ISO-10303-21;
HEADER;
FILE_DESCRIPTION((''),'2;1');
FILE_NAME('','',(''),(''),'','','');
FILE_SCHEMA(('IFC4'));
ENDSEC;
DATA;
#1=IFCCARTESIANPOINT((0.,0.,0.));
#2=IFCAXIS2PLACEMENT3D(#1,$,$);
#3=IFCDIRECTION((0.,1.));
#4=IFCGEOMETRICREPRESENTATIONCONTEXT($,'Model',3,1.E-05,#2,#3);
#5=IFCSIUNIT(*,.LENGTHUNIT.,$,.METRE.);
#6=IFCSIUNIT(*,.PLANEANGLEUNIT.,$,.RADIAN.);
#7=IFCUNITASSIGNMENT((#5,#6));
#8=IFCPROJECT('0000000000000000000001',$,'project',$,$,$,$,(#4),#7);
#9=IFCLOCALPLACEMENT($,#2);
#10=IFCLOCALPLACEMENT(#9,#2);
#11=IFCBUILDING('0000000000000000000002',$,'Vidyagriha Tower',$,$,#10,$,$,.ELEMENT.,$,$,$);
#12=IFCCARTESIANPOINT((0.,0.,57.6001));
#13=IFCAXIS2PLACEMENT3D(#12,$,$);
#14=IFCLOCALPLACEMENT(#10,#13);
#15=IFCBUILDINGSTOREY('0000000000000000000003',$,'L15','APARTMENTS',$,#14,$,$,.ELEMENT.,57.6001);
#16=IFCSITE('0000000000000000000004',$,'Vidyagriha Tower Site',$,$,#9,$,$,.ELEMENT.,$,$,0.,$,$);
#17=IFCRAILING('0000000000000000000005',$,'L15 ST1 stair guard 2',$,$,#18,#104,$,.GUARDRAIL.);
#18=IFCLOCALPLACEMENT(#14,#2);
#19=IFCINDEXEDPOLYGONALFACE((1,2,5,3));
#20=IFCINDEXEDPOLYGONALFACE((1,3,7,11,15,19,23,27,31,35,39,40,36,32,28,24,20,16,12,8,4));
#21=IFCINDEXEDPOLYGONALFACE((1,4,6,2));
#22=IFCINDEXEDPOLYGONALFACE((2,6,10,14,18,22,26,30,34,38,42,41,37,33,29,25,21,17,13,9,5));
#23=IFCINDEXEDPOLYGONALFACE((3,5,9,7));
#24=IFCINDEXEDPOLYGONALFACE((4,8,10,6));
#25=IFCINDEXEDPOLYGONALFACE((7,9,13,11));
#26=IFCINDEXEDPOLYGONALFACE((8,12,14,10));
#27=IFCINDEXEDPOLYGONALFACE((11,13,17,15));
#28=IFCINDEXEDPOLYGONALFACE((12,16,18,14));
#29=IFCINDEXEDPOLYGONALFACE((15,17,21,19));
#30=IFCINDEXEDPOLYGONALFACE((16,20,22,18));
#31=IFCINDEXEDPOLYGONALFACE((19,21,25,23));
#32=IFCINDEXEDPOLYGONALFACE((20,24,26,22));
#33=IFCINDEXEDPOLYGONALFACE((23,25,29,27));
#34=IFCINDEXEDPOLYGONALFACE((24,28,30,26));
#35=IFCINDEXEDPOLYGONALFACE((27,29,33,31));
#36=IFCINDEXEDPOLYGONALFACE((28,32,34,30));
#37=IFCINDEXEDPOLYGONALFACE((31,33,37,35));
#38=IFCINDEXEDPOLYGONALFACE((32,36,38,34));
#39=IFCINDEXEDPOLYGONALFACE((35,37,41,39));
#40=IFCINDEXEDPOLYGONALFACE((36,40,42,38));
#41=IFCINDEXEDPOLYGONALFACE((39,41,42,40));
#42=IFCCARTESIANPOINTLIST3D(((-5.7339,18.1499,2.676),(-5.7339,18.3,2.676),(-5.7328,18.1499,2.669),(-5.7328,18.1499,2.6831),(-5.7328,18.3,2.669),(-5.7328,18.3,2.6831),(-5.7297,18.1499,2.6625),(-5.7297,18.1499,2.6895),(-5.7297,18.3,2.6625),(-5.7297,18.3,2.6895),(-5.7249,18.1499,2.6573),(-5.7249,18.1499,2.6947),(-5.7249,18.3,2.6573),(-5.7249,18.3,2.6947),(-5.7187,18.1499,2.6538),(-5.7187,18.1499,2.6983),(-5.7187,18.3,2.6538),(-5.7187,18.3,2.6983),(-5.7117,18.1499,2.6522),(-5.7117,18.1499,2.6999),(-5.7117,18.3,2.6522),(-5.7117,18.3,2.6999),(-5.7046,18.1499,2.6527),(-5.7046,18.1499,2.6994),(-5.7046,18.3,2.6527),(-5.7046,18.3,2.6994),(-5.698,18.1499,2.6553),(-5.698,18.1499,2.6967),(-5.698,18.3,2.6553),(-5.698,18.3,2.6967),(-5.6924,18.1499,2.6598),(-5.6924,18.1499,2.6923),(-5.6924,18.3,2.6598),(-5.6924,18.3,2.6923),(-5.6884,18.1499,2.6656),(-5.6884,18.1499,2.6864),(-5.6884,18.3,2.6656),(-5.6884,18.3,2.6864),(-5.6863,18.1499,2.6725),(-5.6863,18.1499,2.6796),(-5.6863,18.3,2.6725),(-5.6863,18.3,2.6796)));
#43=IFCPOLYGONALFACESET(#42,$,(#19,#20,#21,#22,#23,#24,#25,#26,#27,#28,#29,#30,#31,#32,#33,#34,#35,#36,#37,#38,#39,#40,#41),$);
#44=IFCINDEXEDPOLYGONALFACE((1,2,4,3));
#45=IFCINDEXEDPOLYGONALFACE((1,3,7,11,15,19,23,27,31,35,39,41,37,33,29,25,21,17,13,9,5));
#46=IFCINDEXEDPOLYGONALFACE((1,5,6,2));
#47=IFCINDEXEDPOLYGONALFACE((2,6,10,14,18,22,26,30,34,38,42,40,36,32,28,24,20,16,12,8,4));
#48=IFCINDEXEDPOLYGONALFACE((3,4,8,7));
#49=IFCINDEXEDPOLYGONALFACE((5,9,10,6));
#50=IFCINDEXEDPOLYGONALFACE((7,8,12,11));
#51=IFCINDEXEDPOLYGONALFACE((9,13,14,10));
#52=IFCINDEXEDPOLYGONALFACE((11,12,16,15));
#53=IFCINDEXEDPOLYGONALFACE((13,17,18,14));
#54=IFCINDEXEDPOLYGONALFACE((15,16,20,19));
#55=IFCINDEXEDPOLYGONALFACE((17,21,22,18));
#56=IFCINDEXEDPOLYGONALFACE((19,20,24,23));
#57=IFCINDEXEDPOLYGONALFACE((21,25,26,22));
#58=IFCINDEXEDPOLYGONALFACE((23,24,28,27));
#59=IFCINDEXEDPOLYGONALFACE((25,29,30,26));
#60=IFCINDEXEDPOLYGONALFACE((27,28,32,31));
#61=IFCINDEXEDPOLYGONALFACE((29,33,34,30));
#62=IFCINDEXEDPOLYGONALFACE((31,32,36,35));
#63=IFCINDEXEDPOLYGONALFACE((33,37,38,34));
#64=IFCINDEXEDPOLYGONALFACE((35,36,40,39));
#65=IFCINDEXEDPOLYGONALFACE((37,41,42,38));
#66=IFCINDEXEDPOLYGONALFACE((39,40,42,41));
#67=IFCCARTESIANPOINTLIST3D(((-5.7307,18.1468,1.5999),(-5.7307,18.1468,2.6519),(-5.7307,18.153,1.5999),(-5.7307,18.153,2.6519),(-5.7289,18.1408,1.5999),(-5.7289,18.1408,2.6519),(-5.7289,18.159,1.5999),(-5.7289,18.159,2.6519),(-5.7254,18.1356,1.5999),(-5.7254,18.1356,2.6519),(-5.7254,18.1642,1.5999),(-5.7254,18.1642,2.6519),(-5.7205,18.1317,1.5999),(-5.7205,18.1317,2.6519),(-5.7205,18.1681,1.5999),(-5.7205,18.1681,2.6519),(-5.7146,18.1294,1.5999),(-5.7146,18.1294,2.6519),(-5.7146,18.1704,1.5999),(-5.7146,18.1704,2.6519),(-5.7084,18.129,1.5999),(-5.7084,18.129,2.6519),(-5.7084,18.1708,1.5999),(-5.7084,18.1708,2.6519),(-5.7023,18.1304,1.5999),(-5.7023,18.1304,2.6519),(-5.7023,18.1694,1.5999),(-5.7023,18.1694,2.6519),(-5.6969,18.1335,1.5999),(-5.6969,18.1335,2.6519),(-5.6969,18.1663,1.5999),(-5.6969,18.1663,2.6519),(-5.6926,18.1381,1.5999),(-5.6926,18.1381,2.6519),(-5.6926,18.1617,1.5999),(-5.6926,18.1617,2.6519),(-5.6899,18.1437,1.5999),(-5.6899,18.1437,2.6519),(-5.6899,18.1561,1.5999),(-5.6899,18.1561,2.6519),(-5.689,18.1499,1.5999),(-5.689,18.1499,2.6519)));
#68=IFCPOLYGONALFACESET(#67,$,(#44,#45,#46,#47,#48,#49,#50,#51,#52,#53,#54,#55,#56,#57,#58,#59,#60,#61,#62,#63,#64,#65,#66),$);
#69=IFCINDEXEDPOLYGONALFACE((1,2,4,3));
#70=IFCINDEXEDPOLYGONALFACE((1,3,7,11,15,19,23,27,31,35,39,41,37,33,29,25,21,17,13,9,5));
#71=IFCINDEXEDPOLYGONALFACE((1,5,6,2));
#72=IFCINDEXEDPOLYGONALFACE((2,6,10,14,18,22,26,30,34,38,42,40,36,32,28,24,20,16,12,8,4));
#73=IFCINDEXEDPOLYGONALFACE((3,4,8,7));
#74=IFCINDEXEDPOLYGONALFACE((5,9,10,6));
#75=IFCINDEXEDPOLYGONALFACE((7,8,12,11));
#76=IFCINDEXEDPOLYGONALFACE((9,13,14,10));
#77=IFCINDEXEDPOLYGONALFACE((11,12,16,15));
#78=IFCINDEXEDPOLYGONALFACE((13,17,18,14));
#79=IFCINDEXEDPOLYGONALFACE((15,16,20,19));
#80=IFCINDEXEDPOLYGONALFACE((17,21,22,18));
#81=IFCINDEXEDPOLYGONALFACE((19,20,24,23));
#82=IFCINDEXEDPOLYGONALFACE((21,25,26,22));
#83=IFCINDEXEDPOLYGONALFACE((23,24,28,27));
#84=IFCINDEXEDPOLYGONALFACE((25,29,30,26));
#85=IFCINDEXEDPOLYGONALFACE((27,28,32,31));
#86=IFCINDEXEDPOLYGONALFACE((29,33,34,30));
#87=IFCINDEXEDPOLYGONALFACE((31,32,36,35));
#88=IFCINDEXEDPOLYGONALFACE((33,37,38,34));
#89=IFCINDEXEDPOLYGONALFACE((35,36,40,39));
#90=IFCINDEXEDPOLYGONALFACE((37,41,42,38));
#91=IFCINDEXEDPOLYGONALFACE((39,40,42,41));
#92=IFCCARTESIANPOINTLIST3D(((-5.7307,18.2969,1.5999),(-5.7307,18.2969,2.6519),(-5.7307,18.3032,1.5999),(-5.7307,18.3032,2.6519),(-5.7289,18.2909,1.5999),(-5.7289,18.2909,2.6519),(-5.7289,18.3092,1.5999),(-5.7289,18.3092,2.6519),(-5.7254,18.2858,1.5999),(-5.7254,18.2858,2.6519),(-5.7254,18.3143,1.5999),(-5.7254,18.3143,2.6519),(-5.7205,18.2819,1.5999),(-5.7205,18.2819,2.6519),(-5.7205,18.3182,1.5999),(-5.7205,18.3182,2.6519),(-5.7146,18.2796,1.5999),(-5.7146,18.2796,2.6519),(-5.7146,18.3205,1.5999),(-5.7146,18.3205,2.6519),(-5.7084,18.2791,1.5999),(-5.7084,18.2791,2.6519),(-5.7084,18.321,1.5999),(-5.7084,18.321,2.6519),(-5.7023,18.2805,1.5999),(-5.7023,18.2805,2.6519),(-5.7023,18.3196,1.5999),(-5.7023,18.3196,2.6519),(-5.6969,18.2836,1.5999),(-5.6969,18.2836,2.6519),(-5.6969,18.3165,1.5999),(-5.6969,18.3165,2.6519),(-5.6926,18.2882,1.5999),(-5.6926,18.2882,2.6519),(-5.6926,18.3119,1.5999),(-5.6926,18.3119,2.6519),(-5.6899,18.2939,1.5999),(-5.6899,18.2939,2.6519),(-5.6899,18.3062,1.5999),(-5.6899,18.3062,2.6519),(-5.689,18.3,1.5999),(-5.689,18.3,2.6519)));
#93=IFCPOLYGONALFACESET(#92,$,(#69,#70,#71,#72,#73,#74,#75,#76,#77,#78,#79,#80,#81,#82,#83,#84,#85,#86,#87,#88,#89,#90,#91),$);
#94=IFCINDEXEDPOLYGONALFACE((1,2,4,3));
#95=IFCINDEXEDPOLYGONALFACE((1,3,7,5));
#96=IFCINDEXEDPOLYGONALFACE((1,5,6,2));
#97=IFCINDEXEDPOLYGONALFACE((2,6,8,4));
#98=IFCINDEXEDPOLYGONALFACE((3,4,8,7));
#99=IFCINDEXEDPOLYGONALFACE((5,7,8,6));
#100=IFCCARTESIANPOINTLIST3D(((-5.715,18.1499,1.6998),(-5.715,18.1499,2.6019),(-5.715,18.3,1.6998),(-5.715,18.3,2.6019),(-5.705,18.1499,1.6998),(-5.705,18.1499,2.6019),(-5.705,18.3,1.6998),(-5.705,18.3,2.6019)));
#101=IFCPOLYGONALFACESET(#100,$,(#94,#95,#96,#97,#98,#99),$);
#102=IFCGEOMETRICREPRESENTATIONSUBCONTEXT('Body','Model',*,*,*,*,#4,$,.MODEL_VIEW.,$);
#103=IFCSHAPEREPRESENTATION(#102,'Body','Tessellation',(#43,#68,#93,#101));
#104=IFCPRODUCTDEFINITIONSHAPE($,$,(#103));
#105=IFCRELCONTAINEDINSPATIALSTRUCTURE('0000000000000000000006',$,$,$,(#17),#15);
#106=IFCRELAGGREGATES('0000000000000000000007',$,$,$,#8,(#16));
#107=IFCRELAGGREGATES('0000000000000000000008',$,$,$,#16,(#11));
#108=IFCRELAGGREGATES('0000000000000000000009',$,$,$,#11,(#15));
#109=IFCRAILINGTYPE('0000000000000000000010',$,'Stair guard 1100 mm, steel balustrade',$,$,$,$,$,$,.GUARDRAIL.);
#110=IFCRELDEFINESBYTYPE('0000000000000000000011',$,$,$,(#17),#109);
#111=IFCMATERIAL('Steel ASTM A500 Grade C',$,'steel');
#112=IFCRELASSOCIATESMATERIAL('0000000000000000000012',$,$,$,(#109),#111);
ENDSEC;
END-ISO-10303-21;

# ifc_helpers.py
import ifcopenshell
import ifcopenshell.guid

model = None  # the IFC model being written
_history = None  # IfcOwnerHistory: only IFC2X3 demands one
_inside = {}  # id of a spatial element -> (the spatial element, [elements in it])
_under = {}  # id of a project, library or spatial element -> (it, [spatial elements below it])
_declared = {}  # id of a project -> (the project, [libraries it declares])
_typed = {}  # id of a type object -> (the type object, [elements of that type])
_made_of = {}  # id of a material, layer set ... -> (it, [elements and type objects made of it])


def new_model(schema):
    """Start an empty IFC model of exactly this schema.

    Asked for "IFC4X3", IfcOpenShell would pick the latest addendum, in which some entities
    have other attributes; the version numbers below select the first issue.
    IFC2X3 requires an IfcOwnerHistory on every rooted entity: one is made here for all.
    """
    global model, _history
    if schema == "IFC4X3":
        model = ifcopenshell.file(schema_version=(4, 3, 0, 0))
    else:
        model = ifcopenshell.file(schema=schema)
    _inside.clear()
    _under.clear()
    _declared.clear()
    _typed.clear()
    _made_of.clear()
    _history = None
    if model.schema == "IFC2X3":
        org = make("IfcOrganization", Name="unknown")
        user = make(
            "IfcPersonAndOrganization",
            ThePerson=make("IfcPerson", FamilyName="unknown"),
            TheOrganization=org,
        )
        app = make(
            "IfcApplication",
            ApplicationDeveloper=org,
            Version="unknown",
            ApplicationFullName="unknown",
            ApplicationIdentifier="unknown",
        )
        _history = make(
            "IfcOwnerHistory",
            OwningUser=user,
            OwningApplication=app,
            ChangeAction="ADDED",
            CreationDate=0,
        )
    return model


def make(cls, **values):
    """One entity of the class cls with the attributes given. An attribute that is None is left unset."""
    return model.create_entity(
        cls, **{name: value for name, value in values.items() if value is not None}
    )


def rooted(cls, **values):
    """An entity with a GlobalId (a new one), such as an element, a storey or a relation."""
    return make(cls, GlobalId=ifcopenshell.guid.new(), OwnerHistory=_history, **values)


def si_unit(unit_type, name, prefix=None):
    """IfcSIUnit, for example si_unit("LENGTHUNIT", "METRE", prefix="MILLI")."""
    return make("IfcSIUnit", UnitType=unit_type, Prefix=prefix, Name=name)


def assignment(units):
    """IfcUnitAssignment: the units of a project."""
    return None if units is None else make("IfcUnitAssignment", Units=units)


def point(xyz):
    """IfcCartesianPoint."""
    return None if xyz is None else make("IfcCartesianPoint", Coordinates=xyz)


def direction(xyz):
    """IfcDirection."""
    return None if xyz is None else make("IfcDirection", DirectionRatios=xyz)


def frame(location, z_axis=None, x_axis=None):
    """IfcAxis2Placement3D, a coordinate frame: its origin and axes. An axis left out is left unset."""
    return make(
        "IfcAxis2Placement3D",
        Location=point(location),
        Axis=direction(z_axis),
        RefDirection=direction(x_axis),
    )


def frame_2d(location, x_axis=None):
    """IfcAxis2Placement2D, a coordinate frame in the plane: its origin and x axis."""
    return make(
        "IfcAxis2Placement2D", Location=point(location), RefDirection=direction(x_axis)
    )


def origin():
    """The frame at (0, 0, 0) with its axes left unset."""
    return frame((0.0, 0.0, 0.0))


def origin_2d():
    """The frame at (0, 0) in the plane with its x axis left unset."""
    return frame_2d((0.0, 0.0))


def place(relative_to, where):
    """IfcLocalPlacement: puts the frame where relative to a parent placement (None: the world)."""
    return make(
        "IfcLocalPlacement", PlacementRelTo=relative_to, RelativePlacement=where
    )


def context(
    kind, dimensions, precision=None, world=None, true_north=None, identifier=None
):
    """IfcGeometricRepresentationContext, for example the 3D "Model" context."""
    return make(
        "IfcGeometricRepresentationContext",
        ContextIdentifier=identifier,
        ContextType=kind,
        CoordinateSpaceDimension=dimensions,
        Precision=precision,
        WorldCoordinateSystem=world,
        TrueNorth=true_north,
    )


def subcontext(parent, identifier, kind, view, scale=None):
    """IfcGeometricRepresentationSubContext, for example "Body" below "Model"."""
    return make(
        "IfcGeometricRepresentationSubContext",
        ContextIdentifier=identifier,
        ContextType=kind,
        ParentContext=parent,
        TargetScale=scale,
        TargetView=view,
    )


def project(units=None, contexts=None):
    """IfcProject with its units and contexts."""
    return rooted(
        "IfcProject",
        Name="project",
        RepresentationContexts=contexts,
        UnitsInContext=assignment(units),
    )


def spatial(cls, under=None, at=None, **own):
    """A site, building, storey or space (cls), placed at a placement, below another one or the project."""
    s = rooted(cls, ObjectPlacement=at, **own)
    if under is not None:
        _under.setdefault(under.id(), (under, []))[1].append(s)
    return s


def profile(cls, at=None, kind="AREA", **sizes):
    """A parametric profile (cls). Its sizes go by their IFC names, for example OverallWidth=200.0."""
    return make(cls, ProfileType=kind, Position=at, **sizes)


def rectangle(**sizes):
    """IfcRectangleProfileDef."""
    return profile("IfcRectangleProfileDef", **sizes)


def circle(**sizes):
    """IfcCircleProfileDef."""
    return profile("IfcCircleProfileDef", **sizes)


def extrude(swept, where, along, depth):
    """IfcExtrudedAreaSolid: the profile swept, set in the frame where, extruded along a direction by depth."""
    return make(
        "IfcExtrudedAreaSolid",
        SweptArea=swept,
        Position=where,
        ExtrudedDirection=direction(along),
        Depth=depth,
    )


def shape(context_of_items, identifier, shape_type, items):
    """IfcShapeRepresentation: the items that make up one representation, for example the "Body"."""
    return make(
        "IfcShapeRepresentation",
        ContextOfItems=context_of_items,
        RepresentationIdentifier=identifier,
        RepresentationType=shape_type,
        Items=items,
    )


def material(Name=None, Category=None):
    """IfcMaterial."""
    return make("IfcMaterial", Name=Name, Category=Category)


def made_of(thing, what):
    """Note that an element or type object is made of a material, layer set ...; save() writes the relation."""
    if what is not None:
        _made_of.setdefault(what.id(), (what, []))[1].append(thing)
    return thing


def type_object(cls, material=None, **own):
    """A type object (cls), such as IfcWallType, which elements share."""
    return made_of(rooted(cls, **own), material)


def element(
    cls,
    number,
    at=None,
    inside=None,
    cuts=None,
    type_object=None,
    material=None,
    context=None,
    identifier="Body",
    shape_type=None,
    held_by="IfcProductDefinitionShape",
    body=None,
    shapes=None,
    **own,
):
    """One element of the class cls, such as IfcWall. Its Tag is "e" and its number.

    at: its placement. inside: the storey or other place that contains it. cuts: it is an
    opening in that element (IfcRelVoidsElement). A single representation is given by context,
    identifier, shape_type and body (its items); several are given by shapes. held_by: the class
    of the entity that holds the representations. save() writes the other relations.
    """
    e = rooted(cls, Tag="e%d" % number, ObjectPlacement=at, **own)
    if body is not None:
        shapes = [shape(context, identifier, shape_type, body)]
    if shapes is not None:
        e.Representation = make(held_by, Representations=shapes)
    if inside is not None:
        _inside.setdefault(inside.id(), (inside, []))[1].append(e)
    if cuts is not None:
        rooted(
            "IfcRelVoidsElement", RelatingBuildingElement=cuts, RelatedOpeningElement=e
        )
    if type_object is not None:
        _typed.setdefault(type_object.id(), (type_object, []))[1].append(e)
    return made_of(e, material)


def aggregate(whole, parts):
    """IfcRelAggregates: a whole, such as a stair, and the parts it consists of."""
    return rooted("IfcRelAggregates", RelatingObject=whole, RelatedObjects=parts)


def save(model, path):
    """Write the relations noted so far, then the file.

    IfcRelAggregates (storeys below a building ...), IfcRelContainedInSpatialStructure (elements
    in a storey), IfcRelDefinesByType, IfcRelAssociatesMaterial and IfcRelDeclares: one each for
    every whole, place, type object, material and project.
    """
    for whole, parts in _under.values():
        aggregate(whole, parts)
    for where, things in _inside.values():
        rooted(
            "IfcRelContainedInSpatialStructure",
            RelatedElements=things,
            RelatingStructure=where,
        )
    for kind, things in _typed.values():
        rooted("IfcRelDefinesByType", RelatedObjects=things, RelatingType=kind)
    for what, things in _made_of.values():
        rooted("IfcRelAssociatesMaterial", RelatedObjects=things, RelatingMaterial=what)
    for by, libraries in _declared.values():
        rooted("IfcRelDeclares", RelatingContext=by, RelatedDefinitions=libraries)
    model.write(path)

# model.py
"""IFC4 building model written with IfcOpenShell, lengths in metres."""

from ifc_helpers import new_model, si_unit, direction, frame, origin, origin_2d, place, context, subcontext, project, spatial, rectangle, circle, extrude, material, type_object, element, save


model = new_model("IFC4")

# Units and contexts
model_context = context("Model", 3, precision=1e-05, world=origin(), true_north=direction((0.0, 1.0)))
body_context = subcontext(model_context, "Body", "Model", "MODEL_VIEW")
ifc_project = project(units=[si_unit("LENGTHUNIT", "METRE"), si_unit("PLANEANGLEUNIT", "RADIAN")], contexts=[model_context])

# Site, building, storey
site_placement = place(None, origin())
site = spatial("IfcSite", under=ifc_project, at=site_placement, Name="Vidyagriha Tower Site", CompositionType="ELEMENT", RefElevation=0.0)
building_placement = place(site_placement, origin())
building = spatial("IfcBuilding", under=site, at=building_placement, Name="Vidyagriha Tower", CompositionType="ELEMENT")
storey_placement = place(building_placement, frame((0.0, 0.0, 57.6001)))
storey = spatial("IfcBuildingStorey", under=building, at=storey_placement, Name="L15", Description="APARTMENTS", CompositionType="ELEMENT", Elevation=57.6001)

# Railing
ifc_material_1 = material(Name="Steel ASTM A500 Grade C", Category="steel")
railing_type_1 = type_object("IfcRailingType", Name="Stair guard 1100 mm, steel balustrade", PredefinedType="GUARDRAIL", material=ifc_material_1)
railing_1_placement = place(storey_placement, frame((-5.71, 18.1499, 1.5999)))
element("IfcRailing", 1, at=railing_1_placement, inside=storey, type_object=railing_type_1, Name="L15 ST1 stair guard 2", PredefinedType="GUARDRAIL", context=body_context, shape_type="SweptSolid", body=[
    extrude(circle(Radius=0.0239, at=origin_2d()), frame((0.0, 0.0, 1.0762), z_axis=(0.0, 1.0, 0.0), x_axis=(-1.0, 0.0, 0.0)), (0.0, 0.0, 1.0), 0.1501),
    extrude(circle(Radius=0.021, at=origin_2d()), origin(), (0.0, 0.0, 1.0), 1.052),
    extrude(circle(Radius=0.021, at=origin_2d()), frame((0.0, 0.1501, 0.0)), (0.0, 0.0, 1.0), 1.052),
    extrude(rectangle(XDim=0.01, YDim=0.9021, at=origin_2d()), frame((0.0, 0.0, 0.551), z_axis=(0.0, 1.0, 0.0), x_axis=(-1.0, 0.0, 0.0)), (0.0, 0.0, 1.0), 0.1501),
])

save(model, "model.ifc")
